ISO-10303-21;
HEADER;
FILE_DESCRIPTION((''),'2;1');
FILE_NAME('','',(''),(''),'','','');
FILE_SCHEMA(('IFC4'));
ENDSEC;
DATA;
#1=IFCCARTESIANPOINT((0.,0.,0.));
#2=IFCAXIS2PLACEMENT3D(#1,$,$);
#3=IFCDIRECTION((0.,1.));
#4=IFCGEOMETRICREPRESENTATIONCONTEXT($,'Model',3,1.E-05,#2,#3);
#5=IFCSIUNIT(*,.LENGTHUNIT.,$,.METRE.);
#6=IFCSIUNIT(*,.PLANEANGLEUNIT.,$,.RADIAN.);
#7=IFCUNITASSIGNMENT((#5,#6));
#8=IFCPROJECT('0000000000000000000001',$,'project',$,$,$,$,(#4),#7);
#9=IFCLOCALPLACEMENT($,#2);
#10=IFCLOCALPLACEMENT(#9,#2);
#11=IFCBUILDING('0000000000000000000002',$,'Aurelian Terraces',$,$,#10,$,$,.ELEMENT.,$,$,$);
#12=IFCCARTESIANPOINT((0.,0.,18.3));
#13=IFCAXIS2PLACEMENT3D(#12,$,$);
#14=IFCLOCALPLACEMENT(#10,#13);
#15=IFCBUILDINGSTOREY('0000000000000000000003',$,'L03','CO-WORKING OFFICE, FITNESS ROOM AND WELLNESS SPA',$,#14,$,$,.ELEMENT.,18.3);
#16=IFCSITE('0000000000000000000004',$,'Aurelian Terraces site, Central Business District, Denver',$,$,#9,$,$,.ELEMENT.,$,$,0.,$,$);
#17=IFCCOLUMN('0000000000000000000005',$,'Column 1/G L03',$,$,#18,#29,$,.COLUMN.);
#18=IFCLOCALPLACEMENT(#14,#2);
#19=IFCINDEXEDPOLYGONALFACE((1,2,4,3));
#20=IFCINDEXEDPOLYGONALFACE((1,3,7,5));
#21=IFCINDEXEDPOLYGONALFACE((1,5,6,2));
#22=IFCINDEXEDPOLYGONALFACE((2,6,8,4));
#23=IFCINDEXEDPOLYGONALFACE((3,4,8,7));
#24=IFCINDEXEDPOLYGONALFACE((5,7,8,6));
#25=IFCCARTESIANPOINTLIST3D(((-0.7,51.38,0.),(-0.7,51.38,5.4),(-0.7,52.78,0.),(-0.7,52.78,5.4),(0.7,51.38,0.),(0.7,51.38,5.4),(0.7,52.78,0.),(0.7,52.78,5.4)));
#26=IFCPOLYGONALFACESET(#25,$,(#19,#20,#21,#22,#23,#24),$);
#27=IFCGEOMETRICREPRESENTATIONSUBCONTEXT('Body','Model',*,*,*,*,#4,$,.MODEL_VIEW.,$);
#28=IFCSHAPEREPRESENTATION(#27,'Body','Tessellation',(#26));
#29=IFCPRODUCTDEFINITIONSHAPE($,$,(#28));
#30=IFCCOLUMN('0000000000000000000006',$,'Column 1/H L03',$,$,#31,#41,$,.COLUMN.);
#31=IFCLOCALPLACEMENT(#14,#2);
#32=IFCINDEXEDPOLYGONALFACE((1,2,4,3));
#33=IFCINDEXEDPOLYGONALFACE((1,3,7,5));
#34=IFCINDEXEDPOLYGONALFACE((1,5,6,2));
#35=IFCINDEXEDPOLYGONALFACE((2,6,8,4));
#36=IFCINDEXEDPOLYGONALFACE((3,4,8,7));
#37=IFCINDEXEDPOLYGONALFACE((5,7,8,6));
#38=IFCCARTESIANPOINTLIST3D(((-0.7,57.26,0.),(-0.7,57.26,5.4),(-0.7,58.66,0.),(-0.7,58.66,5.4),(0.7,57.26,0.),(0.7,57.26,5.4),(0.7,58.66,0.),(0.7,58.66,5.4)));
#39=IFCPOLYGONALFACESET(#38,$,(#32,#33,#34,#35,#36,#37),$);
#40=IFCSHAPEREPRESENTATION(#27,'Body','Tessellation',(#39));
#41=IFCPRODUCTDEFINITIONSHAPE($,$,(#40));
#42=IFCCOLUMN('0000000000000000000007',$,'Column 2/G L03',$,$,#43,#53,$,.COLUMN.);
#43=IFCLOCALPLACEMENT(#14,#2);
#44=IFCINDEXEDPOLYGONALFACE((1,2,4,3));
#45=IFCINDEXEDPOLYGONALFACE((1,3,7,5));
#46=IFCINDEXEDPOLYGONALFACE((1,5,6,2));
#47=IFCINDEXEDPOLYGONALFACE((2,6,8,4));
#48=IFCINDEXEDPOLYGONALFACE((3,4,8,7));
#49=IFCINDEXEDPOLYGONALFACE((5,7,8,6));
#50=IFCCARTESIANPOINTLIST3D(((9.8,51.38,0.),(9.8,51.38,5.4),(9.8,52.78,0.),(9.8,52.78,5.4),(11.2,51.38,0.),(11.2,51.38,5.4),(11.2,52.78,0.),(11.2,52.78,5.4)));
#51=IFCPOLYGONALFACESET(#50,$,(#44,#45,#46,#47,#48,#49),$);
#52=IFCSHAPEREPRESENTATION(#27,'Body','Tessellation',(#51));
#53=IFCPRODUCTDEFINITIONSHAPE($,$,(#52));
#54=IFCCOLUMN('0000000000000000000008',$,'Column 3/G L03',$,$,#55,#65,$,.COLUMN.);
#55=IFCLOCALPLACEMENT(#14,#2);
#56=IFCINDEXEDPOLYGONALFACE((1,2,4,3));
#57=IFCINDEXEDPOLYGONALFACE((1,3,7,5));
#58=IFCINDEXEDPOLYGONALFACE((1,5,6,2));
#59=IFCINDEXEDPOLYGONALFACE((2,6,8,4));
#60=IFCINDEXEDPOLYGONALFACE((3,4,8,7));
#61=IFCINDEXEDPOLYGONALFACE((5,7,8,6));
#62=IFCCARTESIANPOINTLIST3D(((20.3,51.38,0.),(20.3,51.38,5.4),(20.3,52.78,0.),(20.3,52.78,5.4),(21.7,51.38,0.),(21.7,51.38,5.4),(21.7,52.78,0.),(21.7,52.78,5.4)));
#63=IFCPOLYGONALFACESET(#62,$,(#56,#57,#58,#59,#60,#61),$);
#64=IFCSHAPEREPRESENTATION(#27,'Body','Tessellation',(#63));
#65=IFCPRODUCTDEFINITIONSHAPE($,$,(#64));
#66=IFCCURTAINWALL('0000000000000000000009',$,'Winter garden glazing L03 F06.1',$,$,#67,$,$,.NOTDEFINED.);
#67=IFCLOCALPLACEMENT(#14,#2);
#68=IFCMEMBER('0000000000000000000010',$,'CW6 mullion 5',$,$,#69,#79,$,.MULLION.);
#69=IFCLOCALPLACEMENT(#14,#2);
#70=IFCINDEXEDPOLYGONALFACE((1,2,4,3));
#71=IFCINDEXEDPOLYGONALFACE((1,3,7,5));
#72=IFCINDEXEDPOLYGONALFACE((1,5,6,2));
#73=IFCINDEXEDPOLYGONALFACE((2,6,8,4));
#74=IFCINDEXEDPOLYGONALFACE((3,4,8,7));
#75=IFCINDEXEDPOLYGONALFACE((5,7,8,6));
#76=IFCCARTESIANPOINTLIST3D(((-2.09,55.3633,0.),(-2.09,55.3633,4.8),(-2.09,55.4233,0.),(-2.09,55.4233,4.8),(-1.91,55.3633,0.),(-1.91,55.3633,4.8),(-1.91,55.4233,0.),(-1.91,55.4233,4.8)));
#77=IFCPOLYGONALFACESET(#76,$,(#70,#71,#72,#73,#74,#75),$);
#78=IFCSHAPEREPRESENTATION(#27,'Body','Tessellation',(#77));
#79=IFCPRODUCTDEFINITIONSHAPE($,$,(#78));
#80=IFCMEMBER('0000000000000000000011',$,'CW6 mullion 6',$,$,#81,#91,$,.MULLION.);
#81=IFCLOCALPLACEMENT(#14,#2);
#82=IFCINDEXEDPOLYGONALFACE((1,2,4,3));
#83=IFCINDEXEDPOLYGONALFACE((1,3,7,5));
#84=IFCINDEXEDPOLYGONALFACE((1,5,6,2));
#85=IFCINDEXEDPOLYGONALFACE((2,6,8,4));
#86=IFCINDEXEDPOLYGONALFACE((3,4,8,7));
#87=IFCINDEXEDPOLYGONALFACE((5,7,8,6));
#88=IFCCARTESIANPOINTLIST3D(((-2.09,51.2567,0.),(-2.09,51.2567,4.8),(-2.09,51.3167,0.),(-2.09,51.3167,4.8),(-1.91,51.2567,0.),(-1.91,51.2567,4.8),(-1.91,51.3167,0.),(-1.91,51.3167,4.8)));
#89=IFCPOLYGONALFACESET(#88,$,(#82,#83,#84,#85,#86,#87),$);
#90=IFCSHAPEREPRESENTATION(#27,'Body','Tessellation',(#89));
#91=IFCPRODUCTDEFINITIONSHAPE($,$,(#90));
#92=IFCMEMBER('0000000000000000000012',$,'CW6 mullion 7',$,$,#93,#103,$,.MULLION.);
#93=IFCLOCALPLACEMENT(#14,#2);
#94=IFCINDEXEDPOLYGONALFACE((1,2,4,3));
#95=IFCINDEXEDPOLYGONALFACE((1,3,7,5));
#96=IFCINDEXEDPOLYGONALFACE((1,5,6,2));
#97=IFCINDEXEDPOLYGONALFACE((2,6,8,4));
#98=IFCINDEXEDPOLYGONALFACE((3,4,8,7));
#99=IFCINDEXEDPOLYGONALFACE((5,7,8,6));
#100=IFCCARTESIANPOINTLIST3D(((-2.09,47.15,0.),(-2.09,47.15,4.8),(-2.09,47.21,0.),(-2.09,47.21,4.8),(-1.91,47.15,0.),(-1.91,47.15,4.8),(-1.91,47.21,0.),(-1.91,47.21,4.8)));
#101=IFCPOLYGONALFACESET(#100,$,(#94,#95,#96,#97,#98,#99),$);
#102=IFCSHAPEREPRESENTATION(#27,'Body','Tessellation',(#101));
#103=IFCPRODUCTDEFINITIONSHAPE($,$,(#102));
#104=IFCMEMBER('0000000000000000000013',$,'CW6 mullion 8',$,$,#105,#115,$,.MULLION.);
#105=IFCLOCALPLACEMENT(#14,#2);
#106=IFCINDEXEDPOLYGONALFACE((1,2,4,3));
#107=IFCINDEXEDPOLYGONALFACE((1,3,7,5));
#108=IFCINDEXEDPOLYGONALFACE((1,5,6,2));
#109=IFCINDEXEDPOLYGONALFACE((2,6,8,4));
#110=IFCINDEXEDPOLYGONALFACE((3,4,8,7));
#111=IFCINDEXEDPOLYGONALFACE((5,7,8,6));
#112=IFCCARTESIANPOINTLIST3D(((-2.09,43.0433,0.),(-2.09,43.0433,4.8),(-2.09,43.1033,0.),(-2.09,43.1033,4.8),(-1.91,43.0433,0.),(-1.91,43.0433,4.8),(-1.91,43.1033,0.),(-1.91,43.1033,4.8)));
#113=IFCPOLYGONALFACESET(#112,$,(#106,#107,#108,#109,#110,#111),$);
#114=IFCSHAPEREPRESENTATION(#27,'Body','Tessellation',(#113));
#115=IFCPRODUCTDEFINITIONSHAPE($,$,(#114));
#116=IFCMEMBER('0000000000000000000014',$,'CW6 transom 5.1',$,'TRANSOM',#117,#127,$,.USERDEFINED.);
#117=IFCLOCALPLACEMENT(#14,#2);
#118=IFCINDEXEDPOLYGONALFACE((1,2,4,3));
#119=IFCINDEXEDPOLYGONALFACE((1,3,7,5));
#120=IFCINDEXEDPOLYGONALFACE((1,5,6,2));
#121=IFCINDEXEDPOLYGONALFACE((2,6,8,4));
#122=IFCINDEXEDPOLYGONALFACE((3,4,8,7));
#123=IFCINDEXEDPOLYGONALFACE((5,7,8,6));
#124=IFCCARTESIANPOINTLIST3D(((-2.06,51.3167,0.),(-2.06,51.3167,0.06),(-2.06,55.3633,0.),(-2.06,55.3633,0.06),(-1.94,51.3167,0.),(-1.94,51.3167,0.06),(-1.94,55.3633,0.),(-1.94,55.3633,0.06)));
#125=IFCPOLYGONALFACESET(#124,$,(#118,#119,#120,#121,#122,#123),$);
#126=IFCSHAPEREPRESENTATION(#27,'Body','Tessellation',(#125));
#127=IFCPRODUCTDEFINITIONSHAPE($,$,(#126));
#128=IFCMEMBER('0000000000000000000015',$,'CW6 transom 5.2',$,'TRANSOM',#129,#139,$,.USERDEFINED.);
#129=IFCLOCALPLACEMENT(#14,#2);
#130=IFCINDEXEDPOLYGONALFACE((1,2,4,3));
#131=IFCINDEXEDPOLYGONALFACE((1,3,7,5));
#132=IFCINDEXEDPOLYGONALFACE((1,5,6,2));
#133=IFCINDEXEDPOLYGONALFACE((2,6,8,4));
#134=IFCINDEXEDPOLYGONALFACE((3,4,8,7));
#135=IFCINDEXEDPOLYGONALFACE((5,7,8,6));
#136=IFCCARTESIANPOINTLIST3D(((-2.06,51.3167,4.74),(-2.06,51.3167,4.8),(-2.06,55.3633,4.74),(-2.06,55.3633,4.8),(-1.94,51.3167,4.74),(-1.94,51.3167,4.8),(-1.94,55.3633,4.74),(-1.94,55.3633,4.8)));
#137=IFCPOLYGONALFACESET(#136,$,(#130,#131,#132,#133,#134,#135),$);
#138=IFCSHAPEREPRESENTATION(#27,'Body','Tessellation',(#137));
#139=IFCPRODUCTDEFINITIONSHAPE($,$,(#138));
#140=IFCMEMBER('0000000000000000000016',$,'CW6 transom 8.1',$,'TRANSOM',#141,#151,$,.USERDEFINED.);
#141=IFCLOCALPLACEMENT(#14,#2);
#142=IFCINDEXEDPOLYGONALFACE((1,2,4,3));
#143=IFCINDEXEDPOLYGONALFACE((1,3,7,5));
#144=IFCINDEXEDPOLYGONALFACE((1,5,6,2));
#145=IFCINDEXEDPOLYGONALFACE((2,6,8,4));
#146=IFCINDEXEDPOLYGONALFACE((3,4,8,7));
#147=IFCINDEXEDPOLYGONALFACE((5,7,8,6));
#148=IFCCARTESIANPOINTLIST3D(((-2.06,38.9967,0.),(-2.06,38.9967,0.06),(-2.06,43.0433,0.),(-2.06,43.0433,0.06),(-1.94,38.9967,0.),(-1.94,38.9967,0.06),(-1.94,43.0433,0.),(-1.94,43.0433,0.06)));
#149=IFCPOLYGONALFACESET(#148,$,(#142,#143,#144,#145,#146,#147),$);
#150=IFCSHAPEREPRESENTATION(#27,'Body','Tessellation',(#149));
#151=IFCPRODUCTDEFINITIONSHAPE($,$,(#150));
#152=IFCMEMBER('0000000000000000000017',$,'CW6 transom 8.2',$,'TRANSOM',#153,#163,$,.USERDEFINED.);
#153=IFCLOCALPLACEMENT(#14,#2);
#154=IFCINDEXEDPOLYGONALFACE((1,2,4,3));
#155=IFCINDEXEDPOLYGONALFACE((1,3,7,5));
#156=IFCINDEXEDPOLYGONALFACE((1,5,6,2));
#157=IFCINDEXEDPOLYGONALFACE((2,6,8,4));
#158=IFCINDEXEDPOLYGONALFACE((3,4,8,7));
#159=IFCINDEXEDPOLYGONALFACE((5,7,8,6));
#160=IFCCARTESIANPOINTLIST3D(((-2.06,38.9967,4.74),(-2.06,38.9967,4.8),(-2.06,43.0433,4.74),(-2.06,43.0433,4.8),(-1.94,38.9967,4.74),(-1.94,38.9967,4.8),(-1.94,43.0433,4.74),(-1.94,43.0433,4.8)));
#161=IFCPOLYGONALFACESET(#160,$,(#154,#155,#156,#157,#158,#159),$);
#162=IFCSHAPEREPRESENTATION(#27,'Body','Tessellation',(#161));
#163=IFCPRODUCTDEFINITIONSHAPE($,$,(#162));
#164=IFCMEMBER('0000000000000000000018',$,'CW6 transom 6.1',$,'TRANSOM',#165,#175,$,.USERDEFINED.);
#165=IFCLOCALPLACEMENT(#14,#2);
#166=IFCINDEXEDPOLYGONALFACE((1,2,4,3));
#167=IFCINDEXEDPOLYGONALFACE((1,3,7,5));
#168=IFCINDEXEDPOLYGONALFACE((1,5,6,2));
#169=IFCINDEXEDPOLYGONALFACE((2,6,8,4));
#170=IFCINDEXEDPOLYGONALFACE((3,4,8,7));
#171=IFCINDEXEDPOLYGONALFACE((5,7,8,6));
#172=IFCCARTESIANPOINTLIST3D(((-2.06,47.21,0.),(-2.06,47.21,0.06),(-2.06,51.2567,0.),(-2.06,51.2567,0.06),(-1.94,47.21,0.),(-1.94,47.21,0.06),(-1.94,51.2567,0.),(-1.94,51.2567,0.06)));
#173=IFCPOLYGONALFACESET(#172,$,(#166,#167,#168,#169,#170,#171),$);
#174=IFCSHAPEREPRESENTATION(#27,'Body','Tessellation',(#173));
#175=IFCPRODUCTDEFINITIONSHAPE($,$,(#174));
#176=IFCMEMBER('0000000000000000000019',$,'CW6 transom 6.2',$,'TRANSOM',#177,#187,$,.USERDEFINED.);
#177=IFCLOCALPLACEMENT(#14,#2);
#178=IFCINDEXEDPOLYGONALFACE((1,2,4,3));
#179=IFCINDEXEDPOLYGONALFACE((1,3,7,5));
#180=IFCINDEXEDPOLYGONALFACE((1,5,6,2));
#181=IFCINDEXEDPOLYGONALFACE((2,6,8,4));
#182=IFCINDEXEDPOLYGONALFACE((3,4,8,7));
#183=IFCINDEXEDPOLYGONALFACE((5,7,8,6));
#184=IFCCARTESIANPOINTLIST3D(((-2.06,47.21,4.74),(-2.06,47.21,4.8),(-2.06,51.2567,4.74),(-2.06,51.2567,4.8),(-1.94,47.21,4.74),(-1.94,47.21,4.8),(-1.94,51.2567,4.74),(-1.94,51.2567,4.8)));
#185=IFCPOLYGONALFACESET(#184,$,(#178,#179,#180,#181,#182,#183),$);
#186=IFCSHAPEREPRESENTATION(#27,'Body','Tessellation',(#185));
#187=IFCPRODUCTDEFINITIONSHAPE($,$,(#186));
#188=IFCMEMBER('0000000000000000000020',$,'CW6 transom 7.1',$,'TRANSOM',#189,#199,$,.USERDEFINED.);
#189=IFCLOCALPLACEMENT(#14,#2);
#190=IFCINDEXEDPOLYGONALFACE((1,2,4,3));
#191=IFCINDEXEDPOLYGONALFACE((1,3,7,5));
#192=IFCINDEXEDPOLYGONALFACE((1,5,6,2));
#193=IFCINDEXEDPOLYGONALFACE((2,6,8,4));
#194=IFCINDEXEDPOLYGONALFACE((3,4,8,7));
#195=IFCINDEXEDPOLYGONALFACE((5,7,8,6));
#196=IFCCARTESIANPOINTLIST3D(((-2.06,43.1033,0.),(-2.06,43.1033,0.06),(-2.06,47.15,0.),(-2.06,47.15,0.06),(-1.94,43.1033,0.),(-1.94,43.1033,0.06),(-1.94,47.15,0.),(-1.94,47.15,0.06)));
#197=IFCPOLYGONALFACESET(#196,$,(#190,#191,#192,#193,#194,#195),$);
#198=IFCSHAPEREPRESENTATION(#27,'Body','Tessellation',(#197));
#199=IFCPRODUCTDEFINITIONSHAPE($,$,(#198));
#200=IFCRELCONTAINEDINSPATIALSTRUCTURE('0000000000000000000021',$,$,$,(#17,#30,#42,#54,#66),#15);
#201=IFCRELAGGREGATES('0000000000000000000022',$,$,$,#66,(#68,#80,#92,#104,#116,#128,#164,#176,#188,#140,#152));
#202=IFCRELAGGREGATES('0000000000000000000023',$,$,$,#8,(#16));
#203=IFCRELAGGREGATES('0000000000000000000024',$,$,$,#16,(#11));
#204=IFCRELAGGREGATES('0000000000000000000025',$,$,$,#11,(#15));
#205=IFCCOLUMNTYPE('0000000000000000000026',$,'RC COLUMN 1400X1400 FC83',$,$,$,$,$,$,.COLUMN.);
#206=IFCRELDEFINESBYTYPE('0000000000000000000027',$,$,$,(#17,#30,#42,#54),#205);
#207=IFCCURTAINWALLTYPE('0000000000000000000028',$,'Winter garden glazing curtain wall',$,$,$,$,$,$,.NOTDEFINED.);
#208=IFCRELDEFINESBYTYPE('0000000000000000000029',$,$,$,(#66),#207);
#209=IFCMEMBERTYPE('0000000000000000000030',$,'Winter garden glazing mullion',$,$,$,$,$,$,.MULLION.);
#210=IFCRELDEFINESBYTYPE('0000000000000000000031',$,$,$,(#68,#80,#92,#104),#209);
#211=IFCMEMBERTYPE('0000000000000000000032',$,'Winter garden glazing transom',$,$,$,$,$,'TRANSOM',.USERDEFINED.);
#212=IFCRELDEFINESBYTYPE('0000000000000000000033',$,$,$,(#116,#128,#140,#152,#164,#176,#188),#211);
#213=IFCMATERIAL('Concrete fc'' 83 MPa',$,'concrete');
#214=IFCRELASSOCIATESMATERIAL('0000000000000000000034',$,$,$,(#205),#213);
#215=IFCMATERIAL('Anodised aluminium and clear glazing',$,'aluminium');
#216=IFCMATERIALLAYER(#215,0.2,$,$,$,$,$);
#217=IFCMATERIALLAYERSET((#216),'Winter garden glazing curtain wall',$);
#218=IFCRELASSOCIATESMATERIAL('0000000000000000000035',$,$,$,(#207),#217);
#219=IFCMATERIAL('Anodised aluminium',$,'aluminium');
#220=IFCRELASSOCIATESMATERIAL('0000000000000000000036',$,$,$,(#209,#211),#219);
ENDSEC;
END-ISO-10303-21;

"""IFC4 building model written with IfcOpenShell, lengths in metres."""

from ifc_helpers import new_model, si_unit, direction, frame, origin, origin_2d, place, context, subcontext, project, spatial, rectangle, extrude, source, transform, mapped, material, layer, layer_set, material_profile, profile_set, type_object, element, aggregate, save


model = new_model("IFC4")

# Units and contexts
model_context = context("Model", 3, precision=1e-05, world=origin(), true_north=direction((0.0, 1.0)))
body_context = subcontext(model_context, "Body", "Model", "MODEL_VIEW")
ifc_project = project(units=[si_unit("LENGTHUNIT", "METRE"), si_unit("PLANEANGLEUNIT", "RADIAN")], contexts=[model_context])

# Site, building, storey
site_placement = place(None, origin())
site = spatial("IfcSite", under=ifc_project, at=site_placement, Name="Aurelian Terraces site, Central Business District, Denver", CompositionType="ELEMENT", RefElevation=0.0)
building_placement = place(site_placement, origin())
building = spatial("IfcBuilding", under=site, at=building_placement, Name="Aurelian Terraces", CompositionType="ELEMENT")
storey_placement = place(building_placement, frame((0.0, 0.0, 18.3)))
storey = spatial("IfcBuildingStorey", under=building, at=storey_placement, Name="L03", Description="CO-WORKING OFFICE, FITNESS ROOM AND WELLNESS SPA", CompositionType="ELEMENT", Elevation=18.3)

# Columns
ifc_material_1 = material(Name="Concrete fc' 83 MPa", Category="concrete")
ifc_material_profile_1 = material_profile(ifc_material_1, rectangle(XDim=1.4, YDim=1.4, at=origin_2d()))
ifc_profile_set_1 = profile_set([ifc_material_profile_1], Name="Concrete fc' 83 MPa")
column_type = type_object("IfcColumnType", Name="RC COLUMN 1400X1400 FC83", PredefinedType="COLUMN", material=ifc_profile_set_1)
shared_shape_1 = source(origin(), body_context, "Body", "SweptSolid", [
    extrude(rectangle(XDim=1.4, YDim=1.4, at=origin_2d()), origin(), (0.0, 0.0, 1.0), 5.4),
])
for number, where, z_axis, x_axis, name in (
    (1, (0.0, 52.08, 0.0), (0.0, 0.0, 1.0), (1.0, 0.0, 0.0), "Column 1/G L03"),
    (2, (0.0, 57.96, 0.0), (0.0, 0.0, 1.0), (1.0, 0.0, 0.0), "Column 1/H L03"),
    (3, (10.5, 52.08, 0.0), (0.0, 0.0, 1.0), (1.0, 0.0, 0.0), "Column 2/G L03"),
    (4, (21.0, 52.08, 0.0), (0.0, 0.0, 1.0), (1.0, 0.0, 0.0), "Column 3/G L03"),
):
    element("IfcColumn", number, at=place(storey_placement, frame(where, z_axis=z_axis, x_axis=x_axis)), inside=storey, type_object=column_type, Name=name, PredefinedType="COLUMN", context=body_context, shape_type="MappedRepresentation", body=[
        mapped(shared_shape_1, transform((0.0, 0.0, 0.0), scale=1.0)),
    ])

# Curtain wall, members
ifc_material_2 = material(Name="Anodised aluminium and clear glazing", Category="aluminium")
ifc_layer_1 = layer(ifc_material_2, 0.2)
ifc_layer_set_1 = layer_set([ifc_layer_1], Name="Winter garden glazing curtain wall")
curtain_wall_type = type_object("IfcCurtainWallType", Name="Winter garden glazing curtain wall", PredefinedType="NOTDEFINED", material=ifc_layer_set_1)
curtain_wall_placement = place(storey_placement, origin())
curtain_wall = element("IfcCurtainWall", 5, at=curtain_wall_placement, inside=storey, type_object=curtain_wall_type, Name="Winter garden glazing L03 F06.1", PredefinedType="NOTDEFINED")
ifc_material_3 = material(Name="Anodised aluminium", Category="aluminium")
ifc_material_profile_2 = material_profile(ifc_material_3, rectangle(XDim=0.18, YDim=0.06, at=origin_2d()))
ifc_profile_set_2 = profile_set([ifc_material_profile_2], Name="Anodised aluminium")
member_type_1 = type_object("IfcMemberType", Name="Winter garden glazing mullion", PredefinedType="MULLION", material=ifc_profile_set_2)
shared_shape_2 = source(origin(), body_context, "Body", "SweptSolid", [
    extrude(rectangle(XDim=0.18, YDim=0.06, at=origin_2d()), origin(), (0.0, 0.0, 1.0), 4.8),
])
member_1_placement = place(storey_placement, frame((-2.0, 55.3933, 0.0), z_axis=(0.0, 0.0, 1.0), x_axis=(1.0, 0.0, 0.0)))
member_1 = element("IfcMember", 6, at=member_1_placement, type_object=member_type_1, Name="CW6 mullion 5", PredefinedType="MULLION", context=body_context, shape_type="MappedRepresentation", body=[
    mapped(shared_shape_2, transform((0.0, 0.0, 0.0), scale=1.0)),
])
member_2_placement = place(storey_placement, frame((-2.0, 51.2867, 0.0), z_axis=(0.0, 0.0, 1.0), x_axis=(1.0, 0.0, 0.0)))
member_2 = element("IfcMember", 7, at=member_2_placement, type_object=member_type_1, Name="CW6 mullion 6", PredefinedType="MULLION", context=body_context, shape_type="MappedRepresentation", body=[
    mapped(shared_shape_2, transform((0.0, 0.0, 0.0), scale=1.0)),
])
member_3_placement = place(storey_placement, frame((-2.0, 47.18, 0.0), z_axis=(0.0, 0.0, 1.0), x_axis=(1.0, 0.0, 0.0)))
member_3 = element("IfcMember", 8, at=member_3_placement, type_object=member_type_1, Name="CW6 mullion 7", PredefinedType="MULLION", context=body_context, shape_type="MappedRepresentation", body=[
    mapped(shared_shape_2, transform((0.0, 0.0, 0.0), scale=1.0)),
])
member_4_placement = place(storey_placement, frame((-2.0, 43.0733, 0.0), z_axis=(0.0, 0.0, 1.0), x_axis=(1.0, 0.0, 0.0)))
member_4 = element("IfcMember", 9, at=member_4_placement, type_object=member_type_1, Name="CW6 mullion 8", PredefinedType="MULLION", context=body_context, shape_type="MappedRepresentation", body=[
    mapped(shared_shape_2, transform((0.0, 0.0, 0.0), scale=1.0)),
])
ifc_material_profile_3 = material_profile(ifc_material_3, rectangle(XDim=0.12, YDim=0.06, at=origin_2d()))
ifc_profile_set_3 = profile_set([ifc_material_profile_3], Name="Anodised aluminium")
member_type_2 = type_object("IfcMemberType", Name="Winter garden glazing transom", ElementType="TRANSOM", PredefinedType="USERDEFINED", material=ifc_profile_set_3)
shared_shape_3 = source(origin(), body_context, "Body", "SweptSolid", [
    extrude(rectangle(XDim=0.12, YDim=0.06, at=origin_2d()), origin(), (0.0, 0.0, 1.0), 4.0466),
])
member_5_placement = place(storey_placement, frame((-2.0, 55.3633, 0.03), z_axis=(0.0, -1.0, 0.0), x_axis=(1.0, 0.0, 0.0)))
member_5 = element("IfcMember", 10, at=member_5_placement, type_object=member_type_2, Name="CW6 transom 5.1", ObjectType="TRANSOM", PredefinedType="USERDEFINED", context=body_context, shape_type="MappedRepresentation", body=[
    mapped(shared_shape_3, transform((0.0, 0.0, 0.0), scale=1.0)),
])
member_6_placement = place(storey_placement, frame((-2.0, 55.3633, 4.77), z_axis=(0.0, -1.0, 0.0), x_axis=(1.0, 0.0, 0.0)))
member_6 = element("IfcMember", 11, at=member_6_placement, type_object=member_type_2, Name="CW6 transom 5.2", ObjectType="TRANSOM", PredefinedType="USERDEFINED", context=body_context, shape_type="MappedRepresentation", body=[
    mapped(shared_shape_3, transform((0.0, 0.0, 0.0), scale=1.0)),
])
member_7_placement = place(storey_placement, frame((-2.0, 43.0433, 0.03), z_axis=(0.0, -1.0, 0.0), x_axis=(1.0, 0.0, 0.0)))
member_7 = element("IfcMember", 12, at=member_7_placement, type_object=member_type_2, Name="CW6 transom 8.1", ObjectType="TRANSOM", PredefinedType="USERDEFINED", context=body_context, shape_type="MappedRepresentation", body=[
    mapped(shared_shape_3, transform((0.0, 0.0, 0.0), scale=1.0)),
])
member_8_placement = place(storey_placement, frame((-2.0, 43.0433, 4.77), z_axis=(0.0, -1.0, 0.0), x_axis=(1.0, 0.0, 0.0)))
member_8 = element("IfcMember", 13, at=member_8_placement, type_object=member_type_2, Name="CW6 transom 8.2", ObjectType="TRANSOM", PredefinedType="USERDEFINED", context=body_context, shape_type="MappedRepresentation", body=[
    mapped(shared_shape_3, transform((0.0, 0.0, 0.0), scale=1.0)),
])
shared_shape_4 = source(origin(), body_context, "Body", "SweptSolid", [
    extrude(rectangle(XDim=0.12, YDim=0.06, at=origin_2d()), origin(), (0.0, 0.0, 1.0), 4.0467),
])
member_9_placement = place(storey_placement, frame((-2.0, 51.2567, 0.03), z_axis=(0.0, -1.0, 0.0), x_axis=(1.0, 0.0, 0.0)))
member_9 = element("IfcMember", 14, at=member_9_placement, type_object=member_type_2, Name="CW6 transom 6.1", ObjectType="TRANSOM", PredefinedType="USERDEFINED", context=body_context, shape_type="MappedRepresentation", body=[
    mapped(shared_shape_4, transform((0.0, 0.0, 0.0), scale=1.0)),
])
member_10_placement = place(storey_placement, frame((-2.0, 51.2567, 4.77), z_axis=(0.0, -1.0, 0.0), x_axis=(1.0, 0.0, 0.0)))
member_10 = element("IfcMember", 15, at=member_10_placement, type_object=member_type_2, Name="CW6 transom 6.2", ObjectType="TRANSOM", PredefinedType="USERDEFINED", context=body_context, shape_type="MappedRepresentation", body=[
    mapped(shared_shape_4, transform((0.0, 0.0, 0.0), scale=1.0)),
])
member_11_placement = place(storey_placement, frame((-2.0, 47.15, 0.03), z_axis=(0.0, -1.0, 0.0), x_axis=(1.0, 0.0, 0.0)))
member_11 = element("IfcMember", 16, at=member_11_placement, type_object=member_type_2, Name="CW6 transom 7.1", ObjectType="TRANSOM", PredefinedType="USERDEFINED", context=body_context, shape_type="MappedRepresentation", body=[
    mapped(shared_shape_4, transform((0.0, 0.0, 0.0), scale=1.0)),
])
aggregate(curtain_wall, [member_1, member_2, member_3, member_4, member_5, member_6, member_9, member_10, member_11, member_7, member_8])

save(model, "model.ifc")
